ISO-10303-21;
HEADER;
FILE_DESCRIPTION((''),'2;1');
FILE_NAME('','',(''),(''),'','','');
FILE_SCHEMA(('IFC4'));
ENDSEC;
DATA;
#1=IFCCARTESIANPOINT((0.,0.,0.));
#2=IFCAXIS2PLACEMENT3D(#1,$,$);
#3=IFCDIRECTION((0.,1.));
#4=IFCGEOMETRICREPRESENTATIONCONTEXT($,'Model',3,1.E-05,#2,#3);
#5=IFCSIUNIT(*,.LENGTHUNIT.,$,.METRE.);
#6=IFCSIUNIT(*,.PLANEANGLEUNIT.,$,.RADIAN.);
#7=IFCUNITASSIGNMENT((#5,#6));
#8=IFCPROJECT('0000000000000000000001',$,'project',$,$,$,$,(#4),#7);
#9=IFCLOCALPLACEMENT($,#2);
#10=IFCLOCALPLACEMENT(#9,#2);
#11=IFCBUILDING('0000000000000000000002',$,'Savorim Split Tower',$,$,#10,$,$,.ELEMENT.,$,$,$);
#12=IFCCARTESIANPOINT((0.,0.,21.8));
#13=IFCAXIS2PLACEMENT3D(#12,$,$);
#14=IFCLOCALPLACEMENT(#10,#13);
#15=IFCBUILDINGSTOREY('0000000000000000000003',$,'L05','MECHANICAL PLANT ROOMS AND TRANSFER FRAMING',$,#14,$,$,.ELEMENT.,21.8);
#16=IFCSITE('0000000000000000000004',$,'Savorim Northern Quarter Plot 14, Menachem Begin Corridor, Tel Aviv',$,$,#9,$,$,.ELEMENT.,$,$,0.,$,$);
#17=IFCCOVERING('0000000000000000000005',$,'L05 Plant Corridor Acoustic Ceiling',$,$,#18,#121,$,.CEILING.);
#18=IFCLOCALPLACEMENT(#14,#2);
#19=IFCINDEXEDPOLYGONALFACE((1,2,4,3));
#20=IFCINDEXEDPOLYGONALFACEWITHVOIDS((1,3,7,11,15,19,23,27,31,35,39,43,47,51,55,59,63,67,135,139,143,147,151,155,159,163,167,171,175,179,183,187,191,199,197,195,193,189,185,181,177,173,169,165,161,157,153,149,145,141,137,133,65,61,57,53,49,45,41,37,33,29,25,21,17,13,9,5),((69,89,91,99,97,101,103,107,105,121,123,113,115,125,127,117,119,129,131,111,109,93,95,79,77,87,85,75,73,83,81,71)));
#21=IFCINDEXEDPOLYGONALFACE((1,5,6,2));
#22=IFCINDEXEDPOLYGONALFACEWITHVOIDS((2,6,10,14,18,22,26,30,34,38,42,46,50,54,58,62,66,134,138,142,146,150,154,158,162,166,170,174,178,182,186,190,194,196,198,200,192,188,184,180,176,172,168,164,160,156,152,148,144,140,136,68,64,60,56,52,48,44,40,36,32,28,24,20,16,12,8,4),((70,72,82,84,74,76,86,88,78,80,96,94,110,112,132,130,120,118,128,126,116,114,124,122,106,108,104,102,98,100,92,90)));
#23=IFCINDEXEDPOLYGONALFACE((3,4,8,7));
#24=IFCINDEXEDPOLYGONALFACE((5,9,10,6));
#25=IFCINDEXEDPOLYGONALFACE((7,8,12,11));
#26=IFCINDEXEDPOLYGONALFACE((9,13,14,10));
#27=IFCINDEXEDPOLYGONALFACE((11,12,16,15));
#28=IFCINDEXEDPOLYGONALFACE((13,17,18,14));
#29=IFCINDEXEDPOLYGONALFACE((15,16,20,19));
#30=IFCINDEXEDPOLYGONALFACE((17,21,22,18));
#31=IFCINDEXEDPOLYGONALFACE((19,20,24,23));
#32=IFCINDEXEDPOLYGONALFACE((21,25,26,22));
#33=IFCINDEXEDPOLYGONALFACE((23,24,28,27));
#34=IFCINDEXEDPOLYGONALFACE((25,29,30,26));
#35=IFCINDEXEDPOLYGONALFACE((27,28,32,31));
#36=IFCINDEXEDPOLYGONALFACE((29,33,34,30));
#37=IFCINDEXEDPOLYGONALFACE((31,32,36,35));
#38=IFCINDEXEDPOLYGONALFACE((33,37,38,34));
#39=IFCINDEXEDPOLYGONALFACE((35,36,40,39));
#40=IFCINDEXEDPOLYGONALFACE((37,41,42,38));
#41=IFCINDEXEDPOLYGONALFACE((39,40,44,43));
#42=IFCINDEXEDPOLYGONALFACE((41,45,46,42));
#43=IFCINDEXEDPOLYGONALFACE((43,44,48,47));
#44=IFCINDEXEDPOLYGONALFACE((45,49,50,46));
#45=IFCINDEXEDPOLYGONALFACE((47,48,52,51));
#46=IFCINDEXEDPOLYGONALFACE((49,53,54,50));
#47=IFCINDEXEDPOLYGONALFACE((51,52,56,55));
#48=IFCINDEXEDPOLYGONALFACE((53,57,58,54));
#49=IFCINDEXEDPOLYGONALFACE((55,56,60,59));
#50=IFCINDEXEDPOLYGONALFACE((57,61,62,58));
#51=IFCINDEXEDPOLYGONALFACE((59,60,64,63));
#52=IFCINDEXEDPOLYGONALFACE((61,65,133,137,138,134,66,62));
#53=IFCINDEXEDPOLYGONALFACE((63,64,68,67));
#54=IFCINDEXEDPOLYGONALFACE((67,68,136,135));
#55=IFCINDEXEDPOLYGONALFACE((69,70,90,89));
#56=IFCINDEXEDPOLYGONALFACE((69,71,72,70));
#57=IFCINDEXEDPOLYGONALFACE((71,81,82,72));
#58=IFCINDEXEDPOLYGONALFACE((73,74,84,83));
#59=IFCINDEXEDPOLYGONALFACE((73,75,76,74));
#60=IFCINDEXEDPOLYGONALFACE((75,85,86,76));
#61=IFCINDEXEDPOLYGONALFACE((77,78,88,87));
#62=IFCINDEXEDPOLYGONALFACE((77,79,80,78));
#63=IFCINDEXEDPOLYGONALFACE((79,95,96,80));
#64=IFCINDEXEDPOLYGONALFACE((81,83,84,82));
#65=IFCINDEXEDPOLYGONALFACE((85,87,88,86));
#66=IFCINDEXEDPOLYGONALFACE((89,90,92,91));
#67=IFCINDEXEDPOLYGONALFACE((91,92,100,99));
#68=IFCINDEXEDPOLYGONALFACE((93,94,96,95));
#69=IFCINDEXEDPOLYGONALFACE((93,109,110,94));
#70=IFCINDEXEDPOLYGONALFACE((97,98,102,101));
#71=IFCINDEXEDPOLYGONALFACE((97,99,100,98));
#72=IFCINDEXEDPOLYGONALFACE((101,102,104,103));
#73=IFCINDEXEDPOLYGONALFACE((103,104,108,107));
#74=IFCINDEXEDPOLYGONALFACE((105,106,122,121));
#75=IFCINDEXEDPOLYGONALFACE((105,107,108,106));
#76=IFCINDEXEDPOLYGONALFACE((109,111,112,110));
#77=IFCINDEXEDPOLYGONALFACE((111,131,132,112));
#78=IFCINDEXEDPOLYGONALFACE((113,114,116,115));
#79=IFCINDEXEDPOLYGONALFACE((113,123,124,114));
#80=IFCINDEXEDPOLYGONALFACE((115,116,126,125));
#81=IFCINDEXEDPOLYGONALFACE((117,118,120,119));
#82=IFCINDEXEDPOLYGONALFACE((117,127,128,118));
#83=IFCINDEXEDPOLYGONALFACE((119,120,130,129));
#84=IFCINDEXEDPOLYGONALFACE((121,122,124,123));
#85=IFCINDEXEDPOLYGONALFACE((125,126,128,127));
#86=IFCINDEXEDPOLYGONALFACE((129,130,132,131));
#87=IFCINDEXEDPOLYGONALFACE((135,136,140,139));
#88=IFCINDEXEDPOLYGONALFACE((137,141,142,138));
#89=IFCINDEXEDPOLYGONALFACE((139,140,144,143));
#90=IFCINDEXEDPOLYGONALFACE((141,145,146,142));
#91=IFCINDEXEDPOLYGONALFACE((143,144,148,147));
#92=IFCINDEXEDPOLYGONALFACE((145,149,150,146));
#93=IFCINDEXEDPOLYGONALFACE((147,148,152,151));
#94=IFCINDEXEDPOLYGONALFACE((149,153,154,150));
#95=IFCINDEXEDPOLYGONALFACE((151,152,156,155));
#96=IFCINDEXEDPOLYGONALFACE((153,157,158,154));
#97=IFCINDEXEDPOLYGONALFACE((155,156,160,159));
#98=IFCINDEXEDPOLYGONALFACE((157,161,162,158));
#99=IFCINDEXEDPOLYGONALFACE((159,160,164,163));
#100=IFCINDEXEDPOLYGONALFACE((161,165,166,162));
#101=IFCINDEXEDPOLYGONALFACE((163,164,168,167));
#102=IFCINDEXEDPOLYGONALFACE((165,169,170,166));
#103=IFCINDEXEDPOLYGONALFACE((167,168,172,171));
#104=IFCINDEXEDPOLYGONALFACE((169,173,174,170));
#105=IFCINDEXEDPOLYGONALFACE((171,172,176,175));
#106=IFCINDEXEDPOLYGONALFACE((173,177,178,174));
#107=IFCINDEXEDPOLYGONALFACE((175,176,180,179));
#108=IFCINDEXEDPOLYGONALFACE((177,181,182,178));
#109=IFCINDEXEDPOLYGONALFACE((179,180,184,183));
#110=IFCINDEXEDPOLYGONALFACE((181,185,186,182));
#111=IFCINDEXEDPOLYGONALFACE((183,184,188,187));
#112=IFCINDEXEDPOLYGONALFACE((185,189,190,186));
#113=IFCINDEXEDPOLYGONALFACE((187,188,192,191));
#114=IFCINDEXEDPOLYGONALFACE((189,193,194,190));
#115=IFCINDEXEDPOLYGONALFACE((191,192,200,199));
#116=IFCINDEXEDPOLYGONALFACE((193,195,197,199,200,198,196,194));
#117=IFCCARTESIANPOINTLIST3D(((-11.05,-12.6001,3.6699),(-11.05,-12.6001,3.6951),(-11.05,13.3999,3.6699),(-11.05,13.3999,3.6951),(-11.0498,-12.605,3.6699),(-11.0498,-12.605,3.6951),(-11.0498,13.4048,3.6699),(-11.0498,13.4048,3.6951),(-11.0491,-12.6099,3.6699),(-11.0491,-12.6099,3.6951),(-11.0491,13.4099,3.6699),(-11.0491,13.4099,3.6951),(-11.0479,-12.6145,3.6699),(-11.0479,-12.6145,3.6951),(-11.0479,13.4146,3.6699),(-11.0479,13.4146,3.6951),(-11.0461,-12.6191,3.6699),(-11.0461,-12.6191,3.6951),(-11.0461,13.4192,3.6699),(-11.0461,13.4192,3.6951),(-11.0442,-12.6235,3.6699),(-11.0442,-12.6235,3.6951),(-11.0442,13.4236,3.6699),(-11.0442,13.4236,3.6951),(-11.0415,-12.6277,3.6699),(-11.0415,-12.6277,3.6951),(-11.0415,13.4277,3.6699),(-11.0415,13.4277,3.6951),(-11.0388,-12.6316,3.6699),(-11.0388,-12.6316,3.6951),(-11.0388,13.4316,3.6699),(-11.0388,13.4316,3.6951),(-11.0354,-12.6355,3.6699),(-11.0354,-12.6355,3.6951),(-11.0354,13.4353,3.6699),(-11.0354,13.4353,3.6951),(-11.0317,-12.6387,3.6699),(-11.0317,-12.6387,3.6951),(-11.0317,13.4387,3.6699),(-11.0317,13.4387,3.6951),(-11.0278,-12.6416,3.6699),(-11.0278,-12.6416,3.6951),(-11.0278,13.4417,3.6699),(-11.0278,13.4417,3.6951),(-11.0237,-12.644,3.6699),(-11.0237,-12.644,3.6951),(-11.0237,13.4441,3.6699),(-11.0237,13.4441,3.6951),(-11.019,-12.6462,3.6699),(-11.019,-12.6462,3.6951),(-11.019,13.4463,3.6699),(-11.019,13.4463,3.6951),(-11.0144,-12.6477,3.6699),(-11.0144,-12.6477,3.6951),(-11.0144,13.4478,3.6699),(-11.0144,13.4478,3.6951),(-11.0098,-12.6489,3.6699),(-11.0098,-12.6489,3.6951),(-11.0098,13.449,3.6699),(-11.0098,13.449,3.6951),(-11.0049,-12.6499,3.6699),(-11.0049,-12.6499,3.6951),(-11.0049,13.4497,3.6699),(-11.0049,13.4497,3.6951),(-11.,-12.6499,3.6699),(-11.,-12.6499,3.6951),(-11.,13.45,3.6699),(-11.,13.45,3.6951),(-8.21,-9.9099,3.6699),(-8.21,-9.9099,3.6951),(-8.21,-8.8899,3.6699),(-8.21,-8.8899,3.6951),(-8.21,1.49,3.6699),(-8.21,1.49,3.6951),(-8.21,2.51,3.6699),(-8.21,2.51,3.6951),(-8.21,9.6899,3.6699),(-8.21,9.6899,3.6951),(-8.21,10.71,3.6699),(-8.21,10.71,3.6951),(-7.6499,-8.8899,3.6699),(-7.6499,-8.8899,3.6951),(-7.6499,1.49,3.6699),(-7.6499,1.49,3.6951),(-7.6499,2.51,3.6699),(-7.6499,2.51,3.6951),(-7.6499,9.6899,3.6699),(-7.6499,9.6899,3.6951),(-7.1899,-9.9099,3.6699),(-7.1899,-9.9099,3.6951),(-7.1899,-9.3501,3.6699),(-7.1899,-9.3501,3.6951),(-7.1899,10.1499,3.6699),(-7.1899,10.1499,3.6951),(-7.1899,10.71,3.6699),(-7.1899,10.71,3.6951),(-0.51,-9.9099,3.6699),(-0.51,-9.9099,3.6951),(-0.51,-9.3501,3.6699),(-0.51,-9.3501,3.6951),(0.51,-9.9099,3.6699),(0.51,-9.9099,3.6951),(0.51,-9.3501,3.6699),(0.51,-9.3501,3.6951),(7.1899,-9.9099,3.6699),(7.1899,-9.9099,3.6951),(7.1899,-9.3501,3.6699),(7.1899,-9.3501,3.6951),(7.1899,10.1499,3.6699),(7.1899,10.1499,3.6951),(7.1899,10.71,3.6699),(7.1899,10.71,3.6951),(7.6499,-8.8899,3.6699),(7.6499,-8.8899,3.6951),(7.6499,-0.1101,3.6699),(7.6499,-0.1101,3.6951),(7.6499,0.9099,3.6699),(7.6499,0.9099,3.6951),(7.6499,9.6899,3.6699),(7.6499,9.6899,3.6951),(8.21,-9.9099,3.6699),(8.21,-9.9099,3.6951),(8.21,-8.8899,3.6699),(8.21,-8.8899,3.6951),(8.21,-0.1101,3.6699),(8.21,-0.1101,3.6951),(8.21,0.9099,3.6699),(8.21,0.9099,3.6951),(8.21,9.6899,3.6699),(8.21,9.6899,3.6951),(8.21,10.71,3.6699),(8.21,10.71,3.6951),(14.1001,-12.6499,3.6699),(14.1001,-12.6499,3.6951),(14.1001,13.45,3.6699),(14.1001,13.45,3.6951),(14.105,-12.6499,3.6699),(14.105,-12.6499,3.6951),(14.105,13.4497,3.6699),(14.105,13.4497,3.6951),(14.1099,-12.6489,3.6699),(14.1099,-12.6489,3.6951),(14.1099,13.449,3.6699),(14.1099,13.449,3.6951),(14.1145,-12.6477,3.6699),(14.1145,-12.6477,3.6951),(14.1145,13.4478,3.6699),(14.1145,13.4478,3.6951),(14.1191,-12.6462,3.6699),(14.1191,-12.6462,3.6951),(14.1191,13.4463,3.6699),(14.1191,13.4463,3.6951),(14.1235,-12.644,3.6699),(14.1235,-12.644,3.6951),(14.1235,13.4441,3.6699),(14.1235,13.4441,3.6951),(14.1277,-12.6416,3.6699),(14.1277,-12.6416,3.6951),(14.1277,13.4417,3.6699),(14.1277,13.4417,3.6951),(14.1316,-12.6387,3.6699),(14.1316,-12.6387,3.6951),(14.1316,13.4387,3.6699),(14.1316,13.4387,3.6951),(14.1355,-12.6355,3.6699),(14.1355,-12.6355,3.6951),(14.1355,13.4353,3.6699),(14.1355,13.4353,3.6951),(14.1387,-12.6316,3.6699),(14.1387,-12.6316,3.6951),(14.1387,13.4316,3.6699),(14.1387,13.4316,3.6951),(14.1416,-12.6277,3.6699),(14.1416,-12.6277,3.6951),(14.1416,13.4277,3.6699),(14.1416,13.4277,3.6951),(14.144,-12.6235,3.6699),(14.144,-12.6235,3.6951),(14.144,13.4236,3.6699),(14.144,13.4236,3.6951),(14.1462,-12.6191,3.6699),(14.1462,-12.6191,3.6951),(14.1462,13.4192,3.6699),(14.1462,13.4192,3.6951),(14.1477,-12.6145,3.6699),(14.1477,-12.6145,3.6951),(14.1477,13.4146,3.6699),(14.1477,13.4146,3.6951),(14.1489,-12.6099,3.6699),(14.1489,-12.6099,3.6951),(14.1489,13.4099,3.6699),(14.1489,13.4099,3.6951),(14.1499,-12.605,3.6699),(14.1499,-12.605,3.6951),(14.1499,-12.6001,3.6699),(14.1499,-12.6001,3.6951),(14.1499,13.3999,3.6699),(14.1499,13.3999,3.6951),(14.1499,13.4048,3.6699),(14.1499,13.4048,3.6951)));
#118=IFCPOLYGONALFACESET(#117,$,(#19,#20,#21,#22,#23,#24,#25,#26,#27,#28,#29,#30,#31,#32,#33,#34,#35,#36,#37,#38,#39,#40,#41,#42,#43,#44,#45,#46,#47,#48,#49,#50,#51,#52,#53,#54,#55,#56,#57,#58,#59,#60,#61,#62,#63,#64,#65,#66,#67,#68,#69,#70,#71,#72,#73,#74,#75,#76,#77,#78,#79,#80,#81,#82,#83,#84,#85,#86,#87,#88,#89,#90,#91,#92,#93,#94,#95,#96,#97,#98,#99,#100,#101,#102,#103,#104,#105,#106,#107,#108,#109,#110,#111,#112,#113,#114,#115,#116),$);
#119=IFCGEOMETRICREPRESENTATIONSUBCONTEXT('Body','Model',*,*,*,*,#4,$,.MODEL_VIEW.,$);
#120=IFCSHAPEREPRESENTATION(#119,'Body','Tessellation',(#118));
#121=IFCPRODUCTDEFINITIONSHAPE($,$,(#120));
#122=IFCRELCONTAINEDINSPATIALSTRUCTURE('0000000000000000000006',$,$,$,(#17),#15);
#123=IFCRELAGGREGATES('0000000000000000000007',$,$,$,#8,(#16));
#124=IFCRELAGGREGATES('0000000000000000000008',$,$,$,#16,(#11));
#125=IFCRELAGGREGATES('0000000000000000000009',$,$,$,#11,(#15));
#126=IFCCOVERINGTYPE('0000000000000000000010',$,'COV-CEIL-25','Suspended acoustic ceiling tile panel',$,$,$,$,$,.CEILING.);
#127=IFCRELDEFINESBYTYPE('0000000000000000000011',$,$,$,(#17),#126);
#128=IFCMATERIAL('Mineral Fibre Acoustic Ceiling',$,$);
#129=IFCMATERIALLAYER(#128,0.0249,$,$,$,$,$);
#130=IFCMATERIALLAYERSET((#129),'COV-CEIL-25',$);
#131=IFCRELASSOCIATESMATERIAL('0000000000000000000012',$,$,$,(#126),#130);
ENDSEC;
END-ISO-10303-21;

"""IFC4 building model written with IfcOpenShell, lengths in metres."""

from ifc_helpers import new_model, si_unit, direction, frame, origin, place, context, subcontext, project, spatial, polyline, outline, extrude, material, layer, layer_set, type_object, element, save


model = new_model("IFC4")

# Units and contexts
model_context = context("Model", 3, precision=1e-05, world=origin(), true_north=direction((0.0, 1.0)))
body_context = subcontext(model_context, "Body", "Model", "MODEL_VIEW")
ifc_project = project(units=[si_unit("LENGTHUNIT", "METRE"), si_unit("PLANEANGLEUNIT", "RADIAN")], contexts=[model_context])

# Site, building, storey
site_placement = place(None, origin())
site = spatial("IfcSite", under=ifc_project, at=site_placement, Name="Savorim Northern Quarter Plot 14, Menachem Begin Corridor, Tel Aviv", CompositionType="ELEMENT", RefElevation=0.0)
building_placement = place(site_placement, origin())
building = spatial("IfcBuilding", under=site, at=building_placement, Name="Savorim Split Tower", CompositionType="ELEMENT")
storey_placement = place(building_placement, frame((0.0, 0.0, 21.8)))
storey = spatial("IfcBuildingStorey", under=building, at=storey_placement, Name="L05", Description="MECHANICAL PLANT ROOMS AND TRANSFER FRAMING", CompositionType="ELEMENT", Elevation=21.8)

# Covering
ifc_material_1 = material(Name="Mineral Fibre Acoustic Ceiling")
ifc_layer_1 = layer(ifc_material_1, 0.0249)
ifc_layer_set_1 = layer_set([ifc_layer_1], Name="COV-CEIL-25")
covering_type_1 = type_object("IfcCoveringType", Name="COV-CEIL-25", Description="Suspended acoustic ceiling tile panel", PredefinedType="CEILING", material=ifc_layer_set_1)
covering_1_placement = place(storey_placement, frame((0.0, 0.0, 3.6699)))
element("IfcCovering", 1, at=covering_1_placement, inside=storey, type_object=covering_type_1, Name="L05 Plant Corridor Acoustic Ceiling", PredefinedType="CEILING", context=body_context, shape_type="SweptSolid", body=[
    extrude(outline(polyline([(14.1099, 13.449), (14.105, 13.4497), (14.1001, 13.45), (-11.0, 13.45), (-11.0049, 13.4497), (-11.0098, 13.449), (-11.0144, 13.4478), (-11.019, 13.4463), (-11.0237, 13.4441), (-11.0278, 13.4417), (-11.0317, 13.4387), (-11.0354, 13.4353), (-11.0388, 13.4316), (-11.0415, 13.4277), (-11.0442, 13.4236), (-11.0461, 13.4192), (-11.0479, 13.4146), (-11.0491, 13.4099), (-11.0498, 13.4048), (-11.05, 13.3999), (-11.05, -12.6001), (-11.0498, -12.605), (-11.0491, -12.6099), (-11.0479, -12.6145), (-11.0461, -12.6191), (-11.0442, -12.6235), (-11.0415, -12.6277), (-11.0388, -12.6316), (-11.0354, -12.6355), (-11.0317, -12.6387), (-11.0278, -12.6416), (-11.0237, -12.644), (-11.019, -12.6462), (-11.0144, -12.6477), (-11.0098, -12.6489), (-11.0049, -12.6499), (-11.0, -12.6499), (14.1001, -12.6499), (14.105, -12.6499), (14.1099, -12.6489), (14.1145, -12.6477), (14.1191, -12.6462), (14.1235, -12.644), (14.1277, -12.6416), (14.1316, -12.6387), (14.1355, -12.6355), (14.1387, -12.6316), (14.1416, -12.6277), (14.144, -12.6235), (14.1462, -12.6191), (14.1477, -12.6145), (14.1489, -12.6099), (14.1499, -12.605), (14.1499, -12.6001), (14.1499, 13.3999), (14.1499, 13.4048), (14.1489, 13.4099), (14.1477, 13.4146), (14.1462, 13.4192), (14.144, 13.4236), (14.1416, 13.4277), (14.1387, 13.4316), (14.1355, 13.4353), (14.1316, 13.4387), (14.1277, 13.4417), (14.1235, 13.4441), (14.1191, 13.4463), (14.1145, 13.4478), (14.1099, 13.449)]), holes=[polyline([(0.51, -9.9099), (0.51, -9.3501), (7.1899, -9.3501), (7.1899, -9.9099), (8.21, -9.9099), (8.21, -8.8899), (7.6499, -8.8899), (7.6499, -0.1101), (8.21, -0.1101), (8.21, 0.9099), (7.6499, 0.9099), (7.6499, 9.6899), (8.21, 9.6899), (8.21, 10.71), (7.1899, 10.71), (7.1899, 10.1499), (-7.1899, 10.1499), (-7.1899, 10.71), (-8.21, 10.71), (-8.21, 9.6899), (-7.6499, 9.6899), (-7.6499, 2.51), (-8.21, 2.51), (-8.21, 1.49), (-7.6499, 1.49), (-7.6499, -8.8899), (-8.21, -8.8899), (-8.21, -9.9099), (-7.1899, -9.9099), (-7.1899, -9.3501), (-0.51, -9.3501), (-0.51, -9.9099), (0.51, -9.9099)])]), origin(), (0.0, 0.0, 1.0), 0.0251),
])

save(model, "model.ifc")
